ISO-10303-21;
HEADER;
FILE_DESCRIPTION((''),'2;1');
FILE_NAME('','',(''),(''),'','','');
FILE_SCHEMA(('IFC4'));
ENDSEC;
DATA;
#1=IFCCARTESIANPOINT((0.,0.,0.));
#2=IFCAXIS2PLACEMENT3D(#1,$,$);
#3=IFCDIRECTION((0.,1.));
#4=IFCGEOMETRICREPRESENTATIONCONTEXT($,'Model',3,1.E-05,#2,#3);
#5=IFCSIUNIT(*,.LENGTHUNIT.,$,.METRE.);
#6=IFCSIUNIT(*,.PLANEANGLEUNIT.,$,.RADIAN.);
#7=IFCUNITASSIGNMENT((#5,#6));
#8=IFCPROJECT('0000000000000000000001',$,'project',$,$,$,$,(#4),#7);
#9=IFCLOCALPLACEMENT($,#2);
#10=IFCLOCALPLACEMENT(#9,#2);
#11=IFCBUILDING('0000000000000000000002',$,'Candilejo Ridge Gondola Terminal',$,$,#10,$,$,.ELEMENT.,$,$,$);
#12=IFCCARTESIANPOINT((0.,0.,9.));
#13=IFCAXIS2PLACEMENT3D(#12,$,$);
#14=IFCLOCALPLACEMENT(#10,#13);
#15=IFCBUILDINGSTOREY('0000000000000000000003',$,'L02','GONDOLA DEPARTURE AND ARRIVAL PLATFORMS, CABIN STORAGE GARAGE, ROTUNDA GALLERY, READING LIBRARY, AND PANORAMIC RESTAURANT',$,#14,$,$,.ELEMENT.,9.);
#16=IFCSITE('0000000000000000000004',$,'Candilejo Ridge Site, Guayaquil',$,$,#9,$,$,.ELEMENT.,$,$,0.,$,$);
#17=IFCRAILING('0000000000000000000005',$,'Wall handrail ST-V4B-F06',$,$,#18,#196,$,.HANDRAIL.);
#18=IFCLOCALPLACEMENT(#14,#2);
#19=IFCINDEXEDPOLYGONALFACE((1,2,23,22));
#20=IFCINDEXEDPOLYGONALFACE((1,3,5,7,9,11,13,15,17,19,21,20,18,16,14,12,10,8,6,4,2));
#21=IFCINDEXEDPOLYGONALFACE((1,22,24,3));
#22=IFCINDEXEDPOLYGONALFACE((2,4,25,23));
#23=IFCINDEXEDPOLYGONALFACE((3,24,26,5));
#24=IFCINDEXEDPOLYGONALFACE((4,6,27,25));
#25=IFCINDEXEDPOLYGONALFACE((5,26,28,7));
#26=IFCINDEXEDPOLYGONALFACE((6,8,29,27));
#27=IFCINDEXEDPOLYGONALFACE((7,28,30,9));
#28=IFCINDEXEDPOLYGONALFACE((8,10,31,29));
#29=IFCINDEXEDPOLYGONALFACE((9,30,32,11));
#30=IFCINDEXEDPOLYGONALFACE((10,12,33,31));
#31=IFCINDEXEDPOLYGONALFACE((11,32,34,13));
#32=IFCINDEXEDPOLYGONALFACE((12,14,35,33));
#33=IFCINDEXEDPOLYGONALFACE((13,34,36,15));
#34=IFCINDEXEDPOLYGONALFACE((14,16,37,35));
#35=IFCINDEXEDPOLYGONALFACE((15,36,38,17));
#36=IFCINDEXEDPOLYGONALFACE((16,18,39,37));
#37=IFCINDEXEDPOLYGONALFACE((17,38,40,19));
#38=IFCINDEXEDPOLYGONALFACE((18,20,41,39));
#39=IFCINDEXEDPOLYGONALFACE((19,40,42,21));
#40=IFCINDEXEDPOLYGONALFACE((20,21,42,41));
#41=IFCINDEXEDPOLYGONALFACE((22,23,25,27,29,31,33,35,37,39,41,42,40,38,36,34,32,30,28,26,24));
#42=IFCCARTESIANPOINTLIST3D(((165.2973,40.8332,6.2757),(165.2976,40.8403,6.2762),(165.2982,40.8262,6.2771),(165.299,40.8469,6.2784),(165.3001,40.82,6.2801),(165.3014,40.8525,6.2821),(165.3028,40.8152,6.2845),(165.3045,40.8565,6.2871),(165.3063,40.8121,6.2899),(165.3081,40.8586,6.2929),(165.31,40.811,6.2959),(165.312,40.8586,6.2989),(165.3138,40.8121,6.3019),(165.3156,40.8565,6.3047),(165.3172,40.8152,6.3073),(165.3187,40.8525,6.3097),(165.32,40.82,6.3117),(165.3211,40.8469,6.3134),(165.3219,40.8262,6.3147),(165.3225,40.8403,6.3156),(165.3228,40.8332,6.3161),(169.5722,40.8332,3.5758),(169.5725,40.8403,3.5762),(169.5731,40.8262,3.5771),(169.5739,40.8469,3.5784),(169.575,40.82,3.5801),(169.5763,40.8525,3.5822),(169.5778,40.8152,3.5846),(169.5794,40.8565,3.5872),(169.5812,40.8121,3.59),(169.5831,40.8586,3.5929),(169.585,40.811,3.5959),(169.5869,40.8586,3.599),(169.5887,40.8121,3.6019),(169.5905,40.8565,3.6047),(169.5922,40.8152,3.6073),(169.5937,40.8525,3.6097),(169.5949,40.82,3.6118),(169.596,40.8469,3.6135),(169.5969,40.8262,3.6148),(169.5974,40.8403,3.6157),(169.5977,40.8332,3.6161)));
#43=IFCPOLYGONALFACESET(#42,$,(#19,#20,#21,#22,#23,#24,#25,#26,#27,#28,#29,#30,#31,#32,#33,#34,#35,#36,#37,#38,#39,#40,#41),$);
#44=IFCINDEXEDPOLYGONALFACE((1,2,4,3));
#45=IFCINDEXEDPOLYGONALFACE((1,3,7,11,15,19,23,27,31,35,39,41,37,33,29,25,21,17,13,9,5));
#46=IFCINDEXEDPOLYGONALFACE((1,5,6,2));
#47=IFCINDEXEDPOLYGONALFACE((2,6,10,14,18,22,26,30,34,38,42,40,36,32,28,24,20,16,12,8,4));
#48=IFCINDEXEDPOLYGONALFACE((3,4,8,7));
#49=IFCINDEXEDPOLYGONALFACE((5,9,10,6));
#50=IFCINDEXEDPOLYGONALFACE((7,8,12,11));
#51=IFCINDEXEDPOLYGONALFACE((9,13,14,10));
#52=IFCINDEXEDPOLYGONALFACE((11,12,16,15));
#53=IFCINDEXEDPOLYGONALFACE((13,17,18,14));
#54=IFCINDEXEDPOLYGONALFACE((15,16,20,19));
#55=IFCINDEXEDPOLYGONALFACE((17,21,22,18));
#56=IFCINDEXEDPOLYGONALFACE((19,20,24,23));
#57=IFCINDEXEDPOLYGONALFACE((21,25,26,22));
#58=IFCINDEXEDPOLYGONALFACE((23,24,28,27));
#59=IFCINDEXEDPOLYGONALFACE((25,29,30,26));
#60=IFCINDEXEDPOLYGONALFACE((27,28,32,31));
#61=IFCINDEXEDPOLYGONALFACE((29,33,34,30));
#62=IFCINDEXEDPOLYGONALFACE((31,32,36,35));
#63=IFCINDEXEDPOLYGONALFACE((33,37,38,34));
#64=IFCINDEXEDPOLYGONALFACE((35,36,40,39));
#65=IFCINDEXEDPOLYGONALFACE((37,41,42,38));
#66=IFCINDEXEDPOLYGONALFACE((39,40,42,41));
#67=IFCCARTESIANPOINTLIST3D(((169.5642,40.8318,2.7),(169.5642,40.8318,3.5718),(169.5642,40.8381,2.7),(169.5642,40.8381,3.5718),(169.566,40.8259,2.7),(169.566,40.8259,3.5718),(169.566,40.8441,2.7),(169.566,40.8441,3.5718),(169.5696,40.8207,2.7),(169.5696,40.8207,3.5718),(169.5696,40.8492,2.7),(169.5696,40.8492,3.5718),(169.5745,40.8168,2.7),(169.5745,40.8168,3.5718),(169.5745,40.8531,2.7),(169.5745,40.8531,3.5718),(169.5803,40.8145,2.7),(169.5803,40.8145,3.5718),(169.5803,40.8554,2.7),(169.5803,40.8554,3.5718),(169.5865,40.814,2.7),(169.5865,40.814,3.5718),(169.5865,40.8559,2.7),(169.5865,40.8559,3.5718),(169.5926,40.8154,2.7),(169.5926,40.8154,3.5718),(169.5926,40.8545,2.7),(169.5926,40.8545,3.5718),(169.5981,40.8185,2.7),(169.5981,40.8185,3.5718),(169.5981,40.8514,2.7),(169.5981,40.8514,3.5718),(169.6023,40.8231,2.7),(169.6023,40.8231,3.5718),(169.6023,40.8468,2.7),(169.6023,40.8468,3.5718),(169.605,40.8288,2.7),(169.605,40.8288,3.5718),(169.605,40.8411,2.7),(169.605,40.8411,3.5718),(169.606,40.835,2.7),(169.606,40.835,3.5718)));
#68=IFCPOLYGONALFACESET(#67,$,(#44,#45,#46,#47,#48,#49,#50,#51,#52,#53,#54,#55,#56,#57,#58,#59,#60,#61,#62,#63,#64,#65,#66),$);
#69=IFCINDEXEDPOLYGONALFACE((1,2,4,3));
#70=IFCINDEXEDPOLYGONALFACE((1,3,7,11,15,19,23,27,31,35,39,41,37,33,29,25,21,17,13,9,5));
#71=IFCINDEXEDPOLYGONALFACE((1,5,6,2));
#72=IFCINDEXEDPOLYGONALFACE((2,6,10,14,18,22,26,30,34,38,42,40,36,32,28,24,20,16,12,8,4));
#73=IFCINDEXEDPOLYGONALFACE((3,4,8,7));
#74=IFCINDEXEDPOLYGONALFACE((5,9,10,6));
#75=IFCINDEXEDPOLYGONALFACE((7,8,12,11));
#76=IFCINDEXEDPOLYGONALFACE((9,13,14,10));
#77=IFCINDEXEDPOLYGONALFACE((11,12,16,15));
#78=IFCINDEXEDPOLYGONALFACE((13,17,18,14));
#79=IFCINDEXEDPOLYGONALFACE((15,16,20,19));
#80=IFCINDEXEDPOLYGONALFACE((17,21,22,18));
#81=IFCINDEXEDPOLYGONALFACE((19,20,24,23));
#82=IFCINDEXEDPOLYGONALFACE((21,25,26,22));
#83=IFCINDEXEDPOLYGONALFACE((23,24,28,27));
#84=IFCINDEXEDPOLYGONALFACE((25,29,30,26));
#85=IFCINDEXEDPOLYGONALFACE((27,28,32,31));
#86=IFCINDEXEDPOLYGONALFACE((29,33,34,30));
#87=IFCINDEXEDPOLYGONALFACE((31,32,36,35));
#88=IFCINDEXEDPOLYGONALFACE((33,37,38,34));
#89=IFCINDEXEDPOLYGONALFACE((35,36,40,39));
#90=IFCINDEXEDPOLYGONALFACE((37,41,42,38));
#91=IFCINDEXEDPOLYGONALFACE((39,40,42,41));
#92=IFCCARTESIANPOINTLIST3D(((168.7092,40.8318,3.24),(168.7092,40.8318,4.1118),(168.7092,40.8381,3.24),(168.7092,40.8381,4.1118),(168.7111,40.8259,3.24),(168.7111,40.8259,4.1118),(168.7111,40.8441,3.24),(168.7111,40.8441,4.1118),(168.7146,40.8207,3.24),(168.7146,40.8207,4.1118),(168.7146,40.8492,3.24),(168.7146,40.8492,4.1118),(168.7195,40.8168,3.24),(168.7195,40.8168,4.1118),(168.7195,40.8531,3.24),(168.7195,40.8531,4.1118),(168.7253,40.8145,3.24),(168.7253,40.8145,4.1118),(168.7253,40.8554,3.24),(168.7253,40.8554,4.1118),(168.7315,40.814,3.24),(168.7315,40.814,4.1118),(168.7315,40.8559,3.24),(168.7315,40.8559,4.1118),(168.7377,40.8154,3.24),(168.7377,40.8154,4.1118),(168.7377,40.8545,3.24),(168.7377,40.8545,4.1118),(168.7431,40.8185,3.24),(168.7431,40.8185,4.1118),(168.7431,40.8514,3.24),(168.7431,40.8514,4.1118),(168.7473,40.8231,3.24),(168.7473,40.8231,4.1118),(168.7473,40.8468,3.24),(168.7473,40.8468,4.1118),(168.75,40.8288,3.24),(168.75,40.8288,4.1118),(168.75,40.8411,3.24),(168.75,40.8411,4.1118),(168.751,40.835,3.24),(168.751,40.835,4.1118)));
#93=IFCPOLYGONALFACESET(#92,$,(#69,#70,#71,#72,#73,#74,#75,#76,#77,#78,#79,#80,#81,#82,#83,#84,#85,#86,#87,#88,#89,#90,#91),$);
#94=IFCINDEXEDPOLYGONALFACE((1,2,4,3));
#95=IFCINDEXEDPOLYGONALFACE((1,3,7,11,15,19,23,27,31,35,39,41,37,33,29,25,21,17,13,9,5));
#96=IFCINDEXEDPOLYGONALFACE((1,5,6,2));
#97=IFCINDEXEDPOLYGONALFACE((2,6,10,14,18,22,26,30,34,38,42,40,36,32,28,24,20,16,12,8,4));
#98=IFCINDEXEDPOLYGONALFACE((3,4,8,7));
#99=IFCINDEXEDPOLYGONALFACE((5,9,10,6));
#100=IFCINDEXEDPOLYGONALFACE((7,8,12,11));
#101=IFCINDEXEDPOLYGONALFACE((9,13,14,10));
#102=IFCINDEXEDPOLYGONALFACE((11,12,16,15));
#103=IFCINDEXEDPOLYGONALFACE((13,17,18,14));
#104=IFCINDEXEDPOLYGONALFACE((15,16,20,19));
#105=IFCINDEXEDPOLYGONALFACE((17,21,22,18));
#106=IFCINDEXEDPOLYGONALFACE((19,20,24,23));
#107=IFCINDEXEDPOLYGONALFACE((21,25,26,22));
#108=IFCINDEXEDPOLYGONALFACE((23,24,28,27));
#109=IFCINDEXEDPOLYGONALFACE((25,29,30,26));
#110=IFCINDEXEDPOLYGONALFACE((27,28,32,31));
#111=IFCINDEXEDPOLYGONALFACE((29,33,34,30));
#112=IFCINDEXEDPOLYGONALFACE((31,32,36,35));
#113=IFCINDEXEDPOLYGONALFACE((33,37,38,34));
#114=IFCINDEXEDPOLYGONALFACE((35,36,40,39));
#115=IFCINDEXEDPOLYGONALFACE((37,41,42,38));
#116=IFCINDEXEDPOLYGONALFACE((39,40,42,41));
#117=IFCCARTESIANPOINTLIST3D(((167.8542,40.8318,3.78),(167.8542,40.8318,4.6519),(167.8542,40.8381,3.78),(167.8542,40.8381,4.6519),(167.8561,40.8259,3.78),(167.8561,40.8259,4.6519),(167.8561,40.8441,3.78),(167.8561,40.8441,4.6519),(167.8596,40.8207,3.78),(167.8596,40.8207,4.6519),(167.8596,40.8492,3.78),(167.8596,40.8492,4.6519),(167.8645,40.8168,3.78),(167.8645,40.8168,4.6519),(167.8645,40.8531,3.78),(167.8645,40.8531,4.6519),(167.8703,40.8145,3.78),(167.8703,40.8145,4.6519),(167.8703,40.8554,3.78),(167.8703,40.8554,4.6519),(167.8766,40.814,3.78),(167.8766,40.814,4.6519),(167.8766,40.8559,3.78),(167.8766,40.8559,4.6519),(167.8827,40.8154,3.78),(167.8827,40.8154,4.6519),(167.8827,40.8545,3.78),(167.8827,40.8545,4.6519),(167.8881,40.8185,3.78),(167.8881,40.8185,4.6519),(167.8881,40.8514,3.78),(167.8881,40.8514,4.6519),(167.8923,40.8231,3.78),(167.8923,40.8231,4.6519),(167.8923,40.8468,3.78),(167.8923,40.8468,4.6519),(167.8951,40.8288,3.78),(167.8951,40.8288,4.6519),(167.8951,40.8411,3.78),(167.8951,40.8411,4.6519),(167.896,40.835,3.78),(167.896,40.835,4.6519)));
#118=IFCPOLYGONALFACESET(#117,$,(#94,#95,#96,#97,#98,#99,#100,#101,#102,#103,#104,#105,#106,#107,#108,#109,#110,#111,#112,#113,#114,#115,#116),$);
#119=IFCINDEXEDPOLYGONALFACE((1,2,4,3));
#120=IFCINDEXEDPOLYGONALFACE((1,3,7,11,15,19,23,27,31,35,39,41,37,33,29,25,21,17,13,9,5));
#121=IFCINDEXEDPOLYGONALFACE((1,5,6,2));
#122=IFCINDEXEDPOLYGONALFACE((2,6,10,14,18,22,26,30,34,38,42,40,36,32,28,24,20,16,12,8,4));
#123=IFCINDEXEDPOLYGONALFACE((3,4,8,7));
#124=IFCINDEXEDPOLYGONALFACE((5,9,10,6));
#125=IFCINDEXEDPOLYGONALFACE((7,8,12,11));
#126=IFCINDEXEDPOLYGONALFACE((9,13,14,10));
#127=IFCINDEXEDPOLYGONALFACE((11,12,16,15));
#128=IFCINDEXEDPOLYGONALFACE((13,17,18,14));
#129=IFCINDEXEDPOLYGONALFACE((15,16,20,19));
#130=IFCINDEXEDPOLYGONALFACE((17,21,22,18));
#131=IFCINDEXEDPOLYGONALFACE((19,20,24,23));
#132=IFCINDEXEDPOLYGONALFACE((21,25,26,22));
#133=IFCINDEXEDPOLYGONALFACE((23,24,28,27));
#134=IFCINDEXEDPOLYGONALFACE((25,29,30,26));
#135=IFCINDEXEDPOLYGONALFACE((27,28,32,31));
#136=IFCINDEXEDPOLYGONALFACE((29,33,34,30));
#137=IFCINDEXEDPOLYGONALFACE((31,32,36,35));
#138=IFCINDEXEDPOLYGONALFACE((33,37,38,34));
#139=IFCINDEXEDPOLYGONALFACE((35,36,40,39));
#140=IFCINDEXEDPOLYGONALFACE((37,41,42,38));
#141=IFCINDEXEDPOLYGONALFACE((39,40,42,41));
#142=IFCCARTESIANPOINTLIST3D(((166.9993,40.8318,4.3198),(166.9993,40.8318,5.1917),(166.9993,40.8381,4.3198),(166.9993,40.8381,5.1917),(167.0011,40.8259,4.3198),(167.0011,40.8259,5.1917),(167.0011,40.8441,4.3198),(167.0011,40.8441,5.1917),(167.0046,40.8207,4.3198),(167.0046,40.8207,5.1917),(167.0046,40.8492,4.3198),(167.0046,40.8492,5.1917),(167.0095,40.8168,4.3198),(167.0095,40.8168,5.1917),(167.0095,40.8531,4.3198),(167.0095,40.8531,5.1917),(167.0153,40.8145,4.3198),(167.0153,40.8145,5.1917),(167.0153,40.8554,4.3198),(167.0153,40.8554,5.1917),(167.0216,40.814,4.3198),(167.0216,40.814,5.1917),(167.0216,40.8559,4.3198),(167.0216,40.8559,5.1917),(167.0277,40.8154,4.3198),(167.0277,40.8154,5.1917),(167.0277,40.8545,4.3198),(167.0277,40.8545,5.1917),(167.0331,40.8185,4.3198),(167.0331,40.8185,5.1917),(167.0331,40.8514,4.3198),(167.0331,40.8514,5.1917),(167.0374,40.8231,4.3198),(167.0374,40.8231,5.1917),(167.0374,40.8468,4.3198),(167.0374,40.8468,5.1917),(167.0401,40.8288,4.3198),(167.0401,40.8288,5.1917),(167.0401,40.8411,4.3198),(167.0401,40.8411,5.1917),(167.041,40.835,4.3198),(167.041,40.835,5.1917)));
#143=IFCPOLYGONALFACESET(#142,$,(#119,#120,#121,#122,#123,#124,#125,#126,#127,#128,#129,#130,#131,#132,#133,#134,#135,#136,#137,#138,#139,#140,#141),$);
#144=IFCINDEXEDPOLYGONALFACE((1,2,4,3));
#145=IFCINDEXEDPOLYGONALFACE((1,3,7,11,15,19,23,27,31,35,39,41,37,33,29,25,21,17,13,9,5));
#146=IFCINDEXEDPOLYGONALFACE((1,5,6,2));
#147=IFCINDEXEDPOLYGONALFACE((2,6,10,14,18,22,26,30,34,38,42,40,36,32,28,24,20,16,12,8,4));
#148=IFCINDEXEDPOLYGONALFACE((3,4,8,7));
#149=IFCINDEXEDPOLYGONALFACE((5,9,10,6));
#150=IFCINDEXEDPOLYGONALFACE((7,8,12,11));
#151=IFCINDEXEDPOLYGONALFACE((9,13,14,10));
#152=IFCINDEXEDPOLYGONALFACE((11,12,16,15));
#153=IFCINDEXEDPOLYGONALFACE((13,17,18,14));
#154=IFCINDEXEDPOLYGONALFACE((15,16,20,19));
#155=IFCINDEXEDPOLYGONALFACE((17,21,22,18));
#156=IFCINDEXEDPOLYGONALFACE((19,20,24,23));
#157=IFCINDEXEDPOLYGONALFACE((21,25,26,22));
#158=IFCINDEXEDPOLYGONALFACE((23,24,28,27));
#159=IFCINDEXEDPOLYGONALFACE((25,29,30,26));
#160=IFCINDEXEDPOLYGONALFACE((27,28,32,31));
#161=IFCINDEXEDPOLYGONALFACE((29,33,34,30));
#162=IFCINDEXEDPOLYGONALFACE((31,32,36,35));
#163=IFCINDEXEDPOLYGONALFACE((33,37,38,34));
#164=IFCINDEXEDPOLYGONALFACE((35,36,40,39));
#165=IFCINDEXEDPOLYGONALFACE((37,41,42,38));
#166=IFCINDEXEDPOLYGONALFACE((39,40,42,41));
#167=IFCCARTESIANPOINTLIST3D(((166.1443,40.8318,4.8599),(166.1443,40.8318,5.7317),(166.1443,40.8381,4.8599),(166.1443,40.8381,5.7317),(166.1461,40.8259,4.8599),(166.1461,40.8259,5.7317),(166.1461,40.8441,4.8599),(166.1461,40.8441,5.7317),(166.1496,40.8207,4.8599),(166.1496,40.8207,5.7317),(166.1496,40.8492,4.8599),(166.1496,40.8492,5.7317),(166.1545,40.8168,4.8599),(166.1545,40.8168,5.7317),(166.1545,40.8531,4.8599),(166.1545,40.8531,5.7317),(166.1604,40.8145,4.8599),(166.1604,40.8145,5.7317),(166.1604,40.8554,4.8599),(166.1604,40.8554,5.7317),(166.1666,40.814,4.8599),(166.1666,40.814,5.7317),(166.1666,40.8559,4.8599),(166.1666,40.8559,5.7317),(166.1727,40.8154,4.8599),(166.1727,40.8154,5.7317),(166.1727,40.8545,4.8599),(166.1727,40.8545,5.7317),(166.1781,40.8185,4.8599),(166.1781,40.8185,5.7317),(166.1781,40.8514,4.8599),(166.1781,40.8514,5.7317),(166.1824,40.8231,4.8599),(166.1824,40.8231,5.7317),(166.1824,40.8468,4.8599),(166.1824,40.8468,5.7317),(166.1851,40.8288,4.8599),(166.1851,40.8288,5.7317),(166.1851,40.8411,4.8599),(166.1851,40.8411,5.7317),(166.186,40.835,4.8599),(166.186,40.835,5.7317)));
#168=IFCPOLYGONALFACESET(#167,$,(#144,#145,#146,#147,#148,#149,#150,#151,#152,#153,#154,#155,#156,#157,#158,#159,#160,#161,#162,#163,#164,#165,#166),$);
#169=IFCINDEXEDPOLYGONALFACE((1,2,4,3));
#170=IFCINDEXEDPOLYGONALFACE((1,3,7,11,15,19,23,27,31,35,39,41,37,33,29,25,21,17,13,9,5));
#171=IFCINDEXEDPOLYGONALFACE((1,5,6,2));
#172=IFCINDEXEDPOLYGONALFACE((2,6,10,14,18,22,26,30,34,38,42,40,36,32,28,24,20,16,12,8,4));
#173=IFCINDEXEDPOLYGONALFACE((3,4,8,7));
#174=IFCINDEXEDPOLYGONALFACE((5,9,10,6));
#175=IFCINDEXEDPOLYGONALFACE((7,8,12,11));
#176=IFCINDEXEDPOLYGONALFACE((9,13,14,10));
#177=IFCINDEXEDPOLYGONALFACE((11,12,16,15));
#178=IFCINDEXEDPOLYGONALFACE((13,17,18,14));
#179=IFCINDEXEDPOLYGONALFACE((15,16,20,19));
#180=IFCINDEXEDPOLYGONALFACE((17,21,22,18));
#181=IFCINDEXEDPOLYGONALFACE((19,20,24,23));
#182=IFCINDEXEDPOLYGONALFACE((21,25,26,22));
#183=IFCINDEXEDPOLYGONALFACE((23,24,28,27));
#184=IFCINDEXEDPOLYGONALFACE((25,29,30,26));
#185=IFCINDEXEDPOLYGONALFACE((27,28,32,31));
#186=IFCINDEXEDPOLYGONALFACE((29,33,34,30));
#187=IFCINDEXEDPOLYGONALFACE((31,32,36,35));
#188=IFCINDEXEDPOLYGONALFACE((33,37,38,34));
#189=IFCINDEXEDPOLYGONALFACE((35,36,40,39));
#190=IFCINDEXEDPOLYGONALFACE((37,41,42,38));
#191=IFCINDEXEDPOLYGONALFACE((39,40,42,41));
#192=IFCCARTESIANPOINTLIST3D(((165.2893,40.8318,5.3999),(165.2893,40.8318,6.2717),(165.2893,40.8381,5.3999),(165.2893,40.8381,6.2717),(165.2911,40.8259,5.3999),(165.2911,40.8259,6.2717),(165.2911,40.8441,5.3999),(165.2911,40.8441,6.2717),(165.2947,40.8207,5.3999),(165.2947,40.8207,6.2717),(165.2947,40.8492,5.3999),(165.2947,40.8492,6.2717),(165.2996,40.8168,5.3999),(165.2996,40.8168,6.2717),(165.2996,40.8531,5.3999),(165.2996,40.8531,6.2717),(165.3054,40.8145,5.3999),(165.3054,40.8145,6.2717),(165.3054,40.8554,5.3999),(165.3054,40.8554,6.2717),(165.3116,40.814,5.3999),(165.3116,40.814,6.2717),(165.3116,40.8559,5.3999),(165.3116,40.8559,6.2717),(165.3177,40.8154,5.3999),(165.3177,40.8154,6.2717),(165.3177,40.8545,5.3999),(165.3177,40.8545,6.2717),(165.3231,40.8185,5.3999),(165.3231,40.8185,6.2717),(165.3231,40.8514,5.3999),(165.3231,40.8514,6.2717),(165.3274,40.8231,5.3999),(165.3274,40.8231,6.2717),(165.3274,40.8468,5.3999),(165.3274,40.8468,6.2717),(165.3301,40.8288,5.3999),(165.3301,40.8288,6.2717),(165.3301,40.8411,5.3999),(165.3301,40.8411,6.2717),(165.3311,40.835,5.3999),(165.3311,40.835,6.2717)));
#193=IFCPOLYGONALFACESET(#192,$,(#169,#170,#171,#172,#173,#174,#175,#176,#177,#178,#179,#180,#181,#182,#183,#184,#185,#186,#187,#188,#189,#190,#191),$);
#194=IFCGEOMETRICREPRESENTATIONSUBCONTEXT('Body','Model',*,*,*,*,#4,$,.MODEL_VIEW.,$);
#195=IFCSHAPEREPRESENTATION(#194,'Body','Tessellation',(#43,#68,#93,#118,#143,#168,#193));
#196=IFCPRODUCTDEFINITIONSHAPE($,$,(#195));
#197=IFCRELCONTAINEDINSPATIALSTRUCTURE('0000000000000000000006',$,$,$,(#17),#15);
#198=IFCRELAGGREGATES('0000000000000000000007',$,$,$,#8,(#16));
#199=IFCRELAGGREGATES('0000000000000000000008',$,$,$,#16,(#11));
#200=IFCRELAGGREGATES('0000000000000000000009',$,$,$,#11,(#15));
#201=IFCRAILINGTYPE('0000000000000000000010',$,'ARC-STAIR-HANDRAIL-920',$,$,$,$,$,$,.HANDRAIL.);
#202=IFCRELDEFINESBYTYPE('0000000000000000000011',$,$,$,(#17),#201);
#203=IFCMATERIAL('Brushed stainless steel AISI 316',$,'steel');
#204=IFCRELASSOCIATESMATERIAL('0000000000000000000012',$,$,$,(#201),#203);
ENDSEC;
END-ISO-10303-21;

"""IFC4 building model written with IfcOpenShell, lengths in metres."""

from ifc_helpers import new_model, si_unit, direction, frame, origin, origin_2d, place, context, subcontext, project, spatial, circle, extrude, material, type_object, element, save


model = new_model("IFC4")

# Units and contexts
model_context = context("Model", 3, precision=1e-05, world=origin(), true_north=direction((0.0, 1.0)))
body_context = subcontext(model_context, "Body", "Model", "MODEL_VIEW")
ifc_project = project(units=[si_unit("LENGTHUNIT", "METRE"), si_unit("PLANEANGLEUNIT", "RADIAN")], contexts=[model_context])

# Site, building, storey
site_placement = place(None, origin())
site = spatial("IfcSite", under=ifc_project, at=site_placement, Name="Candilejo Ridge Site, Guayaquil", CompositionType="ELEMENT", RefElevation=0.0)
building_placement = place(site_placement, origin())
building = spatial("IfcBuilding", under=site, at=building_placement, Name="Candilejo Ridge Gondola Terminal", CompositionType="ELEMENT")
storey_placement = place(building_placement, frame((0.0, 0.0, 9.0)))
storey = spatial("IfcBuildingStorey", under=building, at=storey_placement, Name="L02", Description="GONDOLA DEPARTURE AND ARRIVAL PLATFORMS, CABIN STORAGE GARAGE, ROTUNDA GALLERY, READING LIBRARY, AND PANORAMIC RESTAURANT", CompositionType="ELEMENT", Elevation=9.0)

# Railing
ifc_material_1 = material(Name="Brushed stainless steel AISI 316", Category="steel")
railing_type_1 = type_object("IfcRailingType", Name="ARC-STAIR-HANDRAIL-920", PredefinedType="HANDRAIL", material=ifc_material_1)
railing_1_placement = place(storey_placement, frame((169.585, 40.835, 2.7)))
element("IfcRailing", 1, at=railing_1_placement, inside=storey, type_object=railing_type_1, Name="Wall handrail ST-V4B-F06", PredefinedType="HANDRAIL", context=body_context, shape_type="SweptSolid", body=[
    extrude(circle(Radius=0.0239, at=origin_2d()), frame((0.0, 0.0, 0.896), z_axis=(-0.845488, 0.0, 0.533995), x_axis=(0.0, -1.0, 0.0)), (0.0, 0.0, 1.0), 5.0562),
    extrude(circle(Radius=0.021, at=origin_2d()), origin(), (0.0, 0.0, 1.0), 0.8718),
    extrude(circle(Radius=0.021, at=origin_2d()), frame((-0.855, 0.0, 0.54)), (0.0, 0.0, 1.0), 0.8718),
    extrude(circle(Radius=0.021, at=origin_2d()), frame((-1.71, 0.0, 1.0801)), (0.0, 0.0, 1.0), 0.8718),
    extrude(circle(Radius=0.021, at=origin_2d()), frame((-2.5649, 0.0, 1.6199)), (0.0, 0.0, 1.0), 0.8718),
    extrude(circle(Radius=0.021, at=origin_2d()), frame((-3.4199, 0.0, 2.1599)), (0.0, 0.0, 1.0), 0.8718),
    extrude(circle(Radius=0.021, at=origin_2d()), frame((-4.2749, 0.0, 2.7)), (0.0, 0.0, 1.0), 0.8718),
])

save(model, "model.ifc")
